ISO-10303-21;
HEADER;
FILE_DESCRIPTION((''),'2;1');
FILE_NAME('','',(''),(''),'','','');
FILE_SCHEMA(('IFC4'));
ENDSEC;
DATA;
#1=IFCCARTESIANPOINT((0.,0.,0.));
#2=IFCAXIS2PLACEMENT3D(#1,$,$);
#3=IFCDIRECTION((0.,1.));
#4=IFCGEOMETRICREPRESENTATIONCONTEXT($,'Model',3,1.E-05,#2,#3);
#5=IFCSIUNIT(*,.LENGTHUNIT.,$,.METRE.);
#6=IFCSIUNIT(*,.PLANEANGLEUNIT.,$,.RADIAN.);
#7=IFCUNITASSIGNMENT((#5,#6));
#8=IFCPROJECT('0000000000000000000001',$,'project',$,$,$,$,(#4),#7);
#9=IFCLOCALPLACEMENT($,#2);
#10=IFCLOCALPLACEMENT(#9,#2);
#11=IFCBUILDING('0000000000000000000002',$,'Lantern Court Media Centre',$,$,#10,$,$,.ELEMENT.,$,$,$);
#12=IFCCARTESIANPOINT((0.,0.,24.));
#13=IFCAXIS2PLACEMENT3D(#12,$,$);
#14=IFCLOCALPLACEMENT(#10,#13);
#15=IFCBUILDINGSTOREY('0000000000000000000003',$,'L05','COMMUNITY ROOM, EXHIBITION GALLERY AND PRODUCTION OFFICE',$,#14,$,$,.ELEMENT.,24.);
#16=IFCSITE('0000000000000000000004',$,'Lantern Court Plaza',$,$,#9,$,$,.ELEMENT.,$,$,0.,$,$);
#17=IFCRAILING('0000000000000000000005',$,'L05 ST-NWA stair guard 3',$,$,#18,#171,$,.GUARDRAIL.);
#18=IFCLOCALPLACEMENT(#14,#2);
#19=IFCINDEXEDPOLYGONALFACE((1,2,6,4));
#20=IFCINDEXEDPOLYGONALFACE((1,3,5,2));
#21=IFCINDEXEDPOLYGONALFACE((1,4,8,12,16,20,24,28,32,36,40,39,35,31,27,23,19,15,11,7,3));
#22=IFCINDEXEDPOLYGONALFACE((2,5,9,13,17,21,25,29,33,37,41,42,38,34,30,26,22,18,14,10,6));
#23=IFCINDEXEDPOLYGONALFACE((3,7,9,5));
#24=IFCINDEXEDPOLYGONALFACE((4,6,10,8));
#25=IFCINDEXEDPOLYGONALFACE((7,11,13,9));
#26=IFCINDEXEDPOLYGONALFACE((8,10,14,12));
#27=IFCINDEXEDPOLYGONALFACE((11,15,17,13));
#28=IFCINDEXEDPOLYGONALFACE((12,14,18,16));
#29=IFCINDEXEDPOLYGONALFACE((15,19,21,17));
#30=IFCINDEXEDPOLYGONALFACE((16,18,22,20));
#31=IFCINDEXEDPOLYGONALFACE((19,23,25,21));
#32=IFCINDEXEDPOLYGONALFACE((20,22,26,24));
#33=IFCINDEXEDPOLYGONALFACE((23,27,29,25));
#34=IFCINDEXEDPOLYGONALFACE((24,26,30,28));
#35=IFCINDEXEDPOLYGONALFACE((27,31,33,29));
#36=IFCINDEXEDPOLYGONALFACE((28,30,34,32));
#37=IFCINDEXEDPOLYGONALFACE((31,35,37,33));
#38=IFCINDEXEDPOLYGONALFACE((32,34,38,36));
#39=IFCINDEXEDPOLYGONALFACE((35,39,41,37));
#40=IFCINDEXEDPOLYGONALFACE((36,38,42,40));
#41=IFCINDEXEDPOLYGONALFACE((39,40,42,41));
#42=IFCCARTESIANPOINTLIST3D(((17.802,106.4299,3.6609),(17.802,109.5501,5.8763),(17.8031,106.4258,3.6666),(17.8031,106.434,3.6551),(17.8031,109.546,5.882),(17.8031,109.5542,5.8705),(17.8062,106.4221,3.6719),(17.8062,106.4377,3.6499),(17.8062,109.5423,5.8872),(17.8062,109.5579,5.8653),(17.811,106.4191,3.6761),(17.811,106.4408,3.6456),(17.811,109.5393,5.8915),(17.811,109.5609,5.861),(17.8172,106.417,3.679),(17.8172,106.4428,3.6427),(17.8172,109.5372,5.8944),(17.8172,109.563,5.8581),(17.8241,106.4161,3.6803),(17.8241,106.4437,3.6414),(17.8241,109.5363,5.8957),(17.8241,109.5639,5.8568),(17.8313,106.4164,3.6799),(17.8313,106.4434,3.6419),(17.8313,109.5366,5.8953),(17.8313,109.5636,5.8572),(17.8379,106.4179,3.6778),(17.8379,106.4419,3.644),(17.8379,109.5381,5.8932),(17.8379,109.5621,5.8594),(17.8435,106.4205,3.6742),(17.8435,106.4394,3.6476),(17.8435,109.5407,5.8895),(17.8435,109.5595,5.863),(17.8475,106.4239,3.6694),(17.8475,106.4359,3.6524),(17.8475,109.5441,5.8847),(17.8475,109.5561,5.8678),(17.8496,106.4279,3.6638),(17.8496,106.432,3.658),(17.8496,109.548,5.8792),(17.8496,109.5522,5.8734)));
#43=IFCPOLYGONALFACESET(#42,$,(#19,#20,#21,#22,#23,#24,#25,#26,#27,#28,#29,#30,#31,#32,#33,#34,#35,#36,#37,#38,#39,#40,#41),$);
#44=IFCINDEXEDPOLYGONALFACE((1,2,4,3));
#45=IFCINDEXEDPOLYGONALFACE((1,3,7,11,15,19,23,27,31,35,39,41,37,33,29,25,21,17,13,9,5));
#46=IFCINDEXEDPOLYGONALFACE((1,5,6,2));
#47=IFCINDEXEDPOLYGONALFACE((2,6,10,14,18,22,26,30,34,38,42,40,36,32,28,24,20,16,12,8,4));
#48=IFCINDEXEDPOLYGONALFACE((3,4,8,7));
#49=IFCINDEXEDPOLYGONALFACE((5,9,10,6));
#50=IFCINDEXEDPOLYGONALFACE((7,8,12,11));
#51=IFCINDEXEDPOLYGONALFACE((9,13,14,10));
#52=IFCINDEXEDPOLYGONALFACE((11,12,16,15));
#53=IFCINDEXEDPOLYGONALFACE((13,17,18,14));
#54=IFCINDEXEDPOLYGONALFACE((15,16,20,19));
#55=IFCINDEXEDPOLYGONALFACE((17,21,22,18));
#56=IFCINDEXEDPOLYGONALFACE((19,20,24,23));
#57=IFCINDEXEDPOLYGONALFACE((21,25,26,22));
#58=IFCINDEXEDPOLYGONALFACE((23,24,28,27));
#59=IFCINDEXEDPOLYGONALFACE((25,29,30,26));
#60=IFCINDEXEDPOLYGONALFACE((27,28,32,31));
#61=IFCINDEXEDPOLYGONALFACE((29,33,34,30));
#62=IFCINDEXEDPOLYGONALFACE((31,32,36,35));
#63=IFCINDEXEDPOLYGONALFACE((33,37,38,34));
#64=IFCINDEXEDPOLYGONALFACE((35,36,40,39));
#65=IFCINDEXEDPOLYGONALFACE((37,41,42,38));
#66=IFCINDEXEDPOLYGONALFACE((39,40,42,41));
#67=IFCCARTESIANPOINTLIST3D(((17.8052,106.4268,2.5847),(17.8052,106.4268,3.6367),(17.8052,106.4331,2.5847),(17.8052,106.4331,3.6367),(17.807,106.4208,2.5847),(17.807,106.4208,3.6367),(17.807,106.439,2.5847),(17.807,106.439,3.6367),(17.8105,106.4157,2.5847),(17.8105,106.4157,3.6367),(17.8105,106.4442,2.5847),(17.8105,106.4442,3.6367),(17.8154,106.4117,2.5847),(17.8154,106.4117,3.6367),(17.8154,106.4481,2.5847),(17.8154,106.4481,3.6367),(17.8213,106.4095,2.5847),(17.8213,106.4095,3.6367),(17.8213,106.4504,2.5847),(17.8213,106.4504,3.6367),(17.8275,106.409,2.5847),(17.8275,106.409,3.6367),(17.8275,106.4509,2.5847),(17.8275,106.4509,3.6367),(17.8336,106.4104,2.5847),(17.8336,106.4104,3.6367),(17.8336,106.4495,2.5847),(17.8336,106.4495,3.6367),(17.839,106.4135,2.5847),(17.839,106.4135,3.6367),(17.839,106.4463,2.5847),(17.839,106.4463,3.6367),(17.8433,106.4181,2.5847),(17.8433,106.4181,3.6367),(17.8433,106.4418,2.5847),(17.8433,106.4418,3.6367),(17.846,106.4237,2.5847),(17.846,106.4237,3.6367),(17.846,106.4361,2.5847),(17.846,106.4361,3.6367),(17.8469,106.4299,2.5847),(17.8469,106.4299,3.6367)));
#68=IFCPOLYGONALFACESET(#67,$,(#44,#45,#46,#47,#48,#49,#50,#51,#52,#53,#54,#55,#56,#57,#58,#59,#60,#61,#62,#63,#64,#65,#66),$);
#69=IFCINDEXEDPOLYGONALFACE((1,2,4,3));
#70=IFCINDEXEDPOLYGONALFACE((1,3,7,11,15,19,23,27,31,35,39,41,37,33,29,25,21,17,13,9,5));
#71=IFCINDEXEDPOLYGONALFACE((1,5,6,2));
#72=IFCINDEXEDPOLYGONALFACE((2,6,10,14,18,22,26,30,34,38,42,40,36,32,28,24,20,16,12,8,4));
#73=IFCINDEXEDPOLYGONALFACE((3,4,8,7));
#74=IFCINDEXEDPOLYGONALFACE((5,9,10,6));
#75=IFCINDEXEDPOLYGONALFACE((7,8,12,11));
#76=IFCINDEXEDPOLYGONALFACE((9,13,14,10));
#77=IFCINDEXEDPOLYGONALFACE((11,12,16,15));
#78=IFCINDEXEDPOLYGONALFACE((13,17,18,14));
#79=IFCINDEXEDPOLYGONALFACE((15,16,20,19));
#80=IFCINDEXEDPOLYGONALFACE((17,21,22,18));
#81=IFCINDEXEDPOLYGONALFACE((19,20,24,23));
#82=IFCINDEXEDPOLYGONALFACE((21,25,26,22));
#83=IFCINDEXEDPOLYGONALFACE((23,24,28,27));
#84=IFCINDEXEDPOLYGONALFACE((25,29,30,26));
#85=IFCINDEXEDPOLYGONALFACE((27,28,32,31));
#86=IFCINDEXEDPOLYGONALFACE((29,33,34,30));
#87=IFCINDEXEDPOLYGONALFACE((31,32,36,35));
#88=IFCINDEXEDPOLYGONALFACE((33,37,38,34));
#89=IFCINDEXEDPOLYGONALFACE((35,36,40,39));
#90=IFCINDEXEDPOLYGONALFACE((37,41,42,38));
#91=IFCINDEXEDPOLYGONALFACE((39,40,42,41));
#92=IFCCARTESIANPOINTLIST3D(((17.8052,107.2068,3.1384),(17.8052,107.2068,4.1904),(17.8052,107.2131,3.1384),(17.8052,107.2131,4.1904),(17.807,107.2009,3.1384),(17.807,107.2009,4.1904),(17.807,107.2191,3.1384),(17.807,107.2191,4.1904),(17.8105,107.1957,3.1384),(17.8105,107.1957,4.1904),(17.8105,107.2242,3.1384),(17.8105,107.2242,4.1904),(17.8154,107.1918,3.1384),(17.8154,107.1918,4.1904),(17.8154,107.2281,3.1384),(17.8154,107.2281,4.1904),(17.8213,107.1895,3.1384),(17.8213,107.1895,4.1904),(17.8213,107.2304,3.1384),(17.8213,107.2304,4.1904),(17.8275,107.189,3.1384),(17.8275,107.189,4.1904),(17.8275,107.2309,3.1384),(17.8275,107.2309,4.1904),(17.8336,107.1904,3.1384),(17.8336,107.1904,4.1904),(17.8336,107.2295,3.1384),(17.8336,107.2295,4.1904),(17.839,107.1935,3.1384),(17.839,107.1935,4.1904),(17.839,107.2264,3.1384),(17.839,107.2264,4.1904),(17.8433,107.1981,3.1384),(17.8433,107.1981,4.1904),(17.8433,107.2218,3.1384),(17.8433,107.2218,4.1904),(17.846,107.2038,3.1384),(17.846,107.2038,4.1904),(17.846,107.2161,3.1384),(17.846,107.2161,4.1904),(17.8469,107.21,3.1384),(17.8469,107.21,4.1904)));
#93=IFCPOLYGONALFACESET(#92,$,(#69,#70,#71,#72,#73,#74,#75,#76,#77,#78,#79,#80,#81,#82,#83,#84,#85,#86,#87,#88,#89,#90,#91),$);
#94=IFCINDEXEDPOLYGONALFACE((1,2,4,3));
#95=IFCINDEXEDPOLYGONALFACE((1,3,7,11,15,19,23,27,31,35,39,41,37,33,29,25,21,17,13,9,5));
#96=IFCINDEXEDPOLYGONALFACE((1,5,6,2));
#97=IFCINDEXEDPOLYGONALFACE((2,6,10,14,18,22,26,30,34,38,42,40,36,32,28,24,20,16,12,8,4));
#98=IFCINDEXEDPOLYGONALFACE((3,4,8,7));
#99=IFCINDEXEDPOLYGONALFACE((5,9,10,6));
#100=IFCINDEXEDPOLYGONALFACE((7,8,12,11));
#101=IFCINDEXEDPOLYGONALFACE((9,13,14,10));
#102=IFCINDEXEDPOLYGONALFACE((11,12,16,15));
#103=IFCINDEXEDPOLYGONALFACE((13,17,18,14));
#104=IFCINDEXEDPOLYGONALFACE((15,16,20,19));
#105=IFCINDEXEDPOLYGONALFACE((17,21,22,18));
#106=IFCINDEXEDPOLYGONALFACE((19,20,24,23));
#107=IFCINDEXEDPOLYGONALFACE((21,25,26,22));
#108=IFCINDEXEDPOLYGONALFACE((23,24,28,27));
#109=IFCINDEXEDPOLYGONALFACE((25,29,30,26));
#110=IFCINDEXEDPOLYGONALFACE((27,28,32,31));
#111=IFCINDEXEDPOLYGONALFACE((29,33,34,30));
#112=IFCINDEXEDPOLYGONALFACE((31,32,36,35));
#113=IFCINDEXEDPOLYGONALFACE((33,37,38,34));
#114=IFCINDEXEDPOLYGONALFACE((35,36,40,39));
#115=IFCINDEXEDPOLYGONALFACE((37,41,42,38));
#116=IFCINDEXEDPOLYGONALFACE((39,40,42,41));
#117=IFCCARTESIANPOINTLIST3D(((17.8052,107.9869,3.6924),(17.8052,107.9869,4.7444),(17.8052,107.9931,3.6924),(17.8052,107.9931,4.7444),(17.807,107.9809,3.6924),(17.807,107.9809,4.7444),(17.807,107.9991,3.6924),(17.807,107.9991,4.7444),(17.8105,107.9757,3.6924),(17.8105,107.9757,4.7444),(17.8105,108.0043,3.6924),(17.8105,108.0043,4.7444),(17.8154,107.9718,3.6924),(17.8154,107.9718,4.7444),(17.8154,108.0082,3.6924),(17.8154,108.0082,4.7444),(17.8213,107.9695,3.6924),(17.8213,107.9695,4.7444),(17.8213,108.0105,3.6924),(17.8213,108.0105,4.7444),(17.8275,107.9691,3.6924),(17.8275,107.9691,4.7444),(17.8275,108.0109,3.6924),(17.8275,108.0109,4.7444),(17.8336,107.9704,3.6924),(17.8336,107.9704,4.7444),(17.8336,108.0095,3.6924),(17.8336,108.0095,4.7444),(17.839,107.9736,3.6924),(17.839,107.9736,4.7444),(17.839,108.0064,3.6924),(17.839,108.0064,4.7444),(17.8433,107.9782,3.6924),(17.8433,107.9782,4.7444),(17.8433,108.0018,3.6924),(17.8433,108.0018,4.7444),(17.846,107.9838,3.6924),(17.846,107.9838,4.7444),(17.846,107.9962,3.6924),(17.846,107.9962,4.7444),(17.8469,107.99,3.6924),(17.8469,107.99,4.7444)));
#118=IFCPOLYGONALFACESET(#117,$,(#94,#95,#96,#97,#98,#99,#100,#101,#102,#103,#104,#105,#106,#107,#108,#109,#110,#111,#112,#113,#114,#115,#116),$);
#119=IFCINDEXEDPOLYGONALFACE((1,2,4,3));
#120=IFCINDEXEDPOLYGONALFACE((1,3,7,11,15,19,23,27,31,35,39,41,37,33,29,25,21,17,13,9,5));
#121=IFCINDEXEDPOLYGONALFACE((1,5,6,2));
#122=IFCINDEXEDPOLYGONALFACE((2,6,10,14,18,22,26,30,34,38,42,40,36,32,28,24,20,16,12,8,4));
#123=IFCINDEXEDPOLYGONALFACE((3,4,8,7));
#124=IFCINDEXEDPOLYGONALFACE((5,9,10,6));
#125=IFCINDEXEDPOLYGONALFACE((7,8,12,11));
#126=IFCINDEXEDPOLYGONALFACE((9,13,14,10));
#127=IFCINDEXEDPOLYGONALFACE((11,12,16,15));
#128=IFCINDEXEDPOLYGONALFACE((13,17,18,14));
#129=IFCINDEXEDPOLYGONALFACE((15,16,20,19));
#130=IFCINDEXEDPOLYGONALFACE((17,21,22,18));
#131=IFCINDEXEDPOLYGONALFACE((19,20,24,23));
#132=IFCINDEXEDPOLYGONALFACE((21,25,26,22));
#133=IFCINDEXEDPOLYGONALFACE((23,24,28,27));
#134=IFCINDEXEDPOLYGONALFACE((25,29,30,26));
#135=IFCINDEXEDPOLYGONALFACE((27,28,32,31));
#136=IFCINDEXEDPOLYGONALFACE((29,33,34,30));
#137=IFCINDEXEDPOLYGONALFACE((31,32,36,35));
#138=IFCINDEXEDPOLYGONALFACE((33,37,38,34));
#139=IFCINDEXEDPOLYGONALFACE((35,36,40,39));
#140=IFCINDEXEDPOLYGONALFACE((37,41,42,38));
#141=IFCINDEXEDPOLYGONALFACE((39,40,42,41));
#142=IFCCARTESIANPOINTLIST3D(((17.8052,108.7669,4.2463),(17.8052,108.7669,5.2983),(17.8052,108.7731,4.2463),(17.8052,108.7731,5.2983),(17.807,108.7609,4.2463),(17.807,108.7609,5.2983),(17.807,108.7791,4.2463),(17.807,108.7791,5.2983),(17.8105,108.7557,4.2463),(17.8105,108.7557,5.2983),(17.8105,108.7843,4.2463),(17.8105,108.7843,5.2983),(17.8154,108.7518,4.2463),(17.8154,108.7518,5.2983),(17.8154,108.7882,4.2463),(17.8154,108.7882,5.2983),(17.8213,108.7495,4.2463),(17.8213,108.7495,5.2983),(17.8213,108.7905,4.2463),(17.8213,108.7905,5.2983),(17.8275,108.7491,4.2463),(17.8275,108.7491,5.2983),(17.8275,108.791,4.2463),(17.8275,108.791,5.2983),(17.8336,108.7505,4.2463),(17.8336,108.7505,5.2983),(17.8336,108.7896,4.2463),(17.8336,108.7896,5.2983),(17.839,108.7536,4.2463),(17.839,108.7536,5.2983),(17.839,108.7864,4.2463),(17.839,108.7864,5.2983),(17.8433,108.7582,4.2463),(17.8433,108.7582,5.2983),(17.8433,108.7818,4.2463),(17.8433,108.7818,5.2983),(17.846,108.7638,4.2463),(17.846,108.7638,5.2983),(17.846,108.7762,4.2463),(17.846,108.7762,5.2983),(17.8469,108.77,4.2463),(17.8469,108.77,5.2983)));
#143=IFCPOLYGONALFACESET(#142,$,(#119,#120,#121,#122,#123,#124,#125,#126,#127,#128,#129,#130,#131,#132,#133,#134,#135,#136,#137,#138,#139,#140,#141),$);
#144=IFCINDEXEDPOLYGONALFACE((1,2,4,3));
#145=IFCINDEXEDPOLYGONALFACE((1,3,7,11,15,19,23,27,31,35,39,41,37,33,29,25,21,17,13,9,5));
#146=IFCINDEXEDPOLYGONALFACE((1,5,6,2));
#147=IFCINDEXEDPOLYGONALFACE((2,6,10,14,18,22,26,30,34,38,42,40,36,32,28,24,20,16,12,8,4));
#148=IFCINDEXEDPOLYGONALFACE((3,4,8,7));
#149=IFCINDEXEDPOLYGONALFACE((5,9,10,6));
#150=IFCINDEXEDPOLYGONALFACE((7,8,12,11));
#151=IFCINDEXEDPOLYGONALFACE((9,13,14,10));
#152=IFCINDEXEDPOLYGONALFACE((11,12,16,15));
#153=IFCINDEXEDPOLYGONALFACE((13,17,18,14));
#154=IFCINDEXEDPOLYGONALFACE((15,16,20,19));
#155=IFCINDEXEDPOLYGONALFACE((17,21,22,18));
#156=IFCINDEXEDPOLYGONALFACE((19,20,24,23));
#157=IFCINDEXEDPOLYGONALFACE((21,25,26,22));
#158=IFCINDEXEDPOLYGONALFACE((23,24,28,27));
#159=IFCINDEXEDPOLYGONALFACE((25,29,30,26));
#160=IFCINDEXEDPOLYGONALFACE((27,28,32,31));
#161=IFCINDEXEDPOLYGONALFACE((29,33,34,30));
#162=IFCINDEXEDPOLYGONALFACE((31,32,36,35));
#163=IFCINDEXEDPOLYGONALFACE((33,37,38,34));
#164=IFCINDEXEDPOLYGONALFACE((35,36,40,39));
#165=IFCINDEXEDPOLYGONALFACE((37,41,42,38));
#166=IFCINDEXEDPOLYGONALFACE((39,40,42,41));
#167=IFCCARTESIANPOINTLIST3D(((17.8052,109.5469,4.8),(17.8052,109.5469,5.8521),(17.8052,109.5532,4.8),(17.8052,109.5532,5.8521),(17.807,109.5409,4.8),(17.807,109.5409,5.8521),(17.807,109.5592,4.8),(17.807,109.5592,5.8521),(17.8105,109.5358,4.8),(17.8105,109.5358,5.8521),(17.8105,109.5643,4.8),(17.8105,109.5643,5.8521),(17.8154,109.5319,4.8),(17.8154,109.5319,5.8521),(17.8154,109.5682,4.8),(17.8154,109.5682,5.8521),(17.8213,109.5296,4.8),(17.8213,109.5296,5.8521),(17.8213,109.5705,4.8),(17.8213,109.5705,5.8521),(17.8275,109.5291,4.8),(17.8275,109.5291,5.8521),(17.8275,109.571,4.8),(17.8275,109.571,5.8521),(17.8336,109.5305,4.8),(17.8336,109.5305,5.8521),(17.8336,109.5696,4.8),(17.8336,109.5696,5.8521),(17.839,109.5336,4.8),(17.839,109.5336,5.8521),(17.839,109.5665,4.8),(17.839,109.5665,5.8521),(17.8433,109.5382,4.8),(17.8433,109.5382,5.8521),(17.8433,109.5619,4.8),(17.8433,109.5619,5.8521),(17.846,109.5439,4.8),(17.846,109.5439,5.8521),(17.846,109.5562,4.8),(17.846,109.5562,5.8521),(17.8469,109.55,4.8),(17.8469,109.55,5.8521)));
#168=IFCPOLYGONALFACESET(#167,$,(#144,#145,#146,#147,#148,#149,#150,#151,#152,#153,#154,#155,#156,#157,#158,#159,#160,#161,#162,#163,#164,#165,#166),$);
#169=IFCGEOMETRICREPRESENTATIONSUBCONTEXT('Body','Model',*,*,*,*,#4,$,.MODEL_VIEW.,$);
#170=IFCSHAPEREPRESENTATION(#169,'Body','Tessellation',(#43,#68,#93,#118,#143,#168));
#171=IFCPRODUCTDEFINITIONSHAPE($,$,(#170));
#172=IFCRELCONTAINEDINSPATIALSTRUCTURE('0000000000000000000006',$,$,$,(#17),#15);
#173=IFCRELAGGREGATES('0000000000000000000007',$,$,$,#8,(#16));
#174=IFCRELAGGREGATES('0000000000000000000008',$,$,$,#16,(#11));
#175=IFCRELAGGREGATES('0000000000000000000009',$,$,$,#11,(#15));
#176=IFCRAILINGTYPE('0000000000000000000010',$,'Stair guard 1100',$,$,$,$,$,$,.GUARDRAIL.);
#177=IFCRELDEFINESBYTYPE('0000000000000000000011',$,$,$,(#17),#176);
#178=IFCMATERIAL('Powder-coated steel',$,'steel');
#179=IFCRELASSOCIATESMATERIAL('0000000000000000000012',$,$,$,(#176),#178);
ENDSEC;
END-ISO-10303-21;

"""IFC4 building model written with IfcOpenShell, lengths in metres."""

from ifc_helpers import new_model, si_unit, direction, frame, origin, origin_2d, place, context, subcontext, project, spatial, circle, extrude, material, type_object, element, save


model = new_model("IFC4")

# Units and contexts
model_context = context("Model", 3, precision=1e-05, world=origin(), true_north=direction((0.0, 1.0)))
body_context = subcontext(model_context, "Body", "Model", "MODEL_VIEW")
ifc_project = project(units=[si_unit("LENGTHUNIT", "METRE"), si_unit("PLANEANGLEUNIT", "RADIAN")], contexts=[model_context])

# Site, building, storey
site_placement = place(None, origin())
site = spatial("IfcSite", under=ifc_project, at=site_placement, Name="Lantern Court Plaza", CompositionType="ELEMENT", RefElevation=0.0)
building_placement = place(site_placement, origin())
building = spatial("IfcBuilding", under=site, at=building_placement, Name="Lantern Court Media Centre", CompositionType="ELEMENT")
storey_placement = place(building_placement, frame((0.0, 0.0, 24.0)))
storey = spatial("IfcBuildingStorey", under=building, at=storey_placement, Name="L05", Description="COMMUNITY ROOM, EXHIBITION GALLERY AND PRODUCTION OFFICE", CompositionType="ELEMENT", Elevation=24.0)

# Shared definitions
ifc_material_1 = material(Name="Powder-coated steel", Category="steel")

# Railing
railing_type_1 = type_object("IfcRailingType", Name="Stair guard 1100", PredefinedType="GUARDRAIL", material=ifc_material_1)
railing_1_placement = place(storey_placement, frame((17.8259, 106.4299, 2.5847)))
element("IfcRailing", 1, at=railing_1_placement, inside=storey, type_object=railing_type_1, Name="L05 ST-NWA stair guard 3", PredefinedType="GUARDRAIL", context=body_context, shape_type="SweptSolid", body=[
    extrude(circle(Radius=0.0239, at=origin_2d()), frame((0.0, 0.0, 1.0762), z_axis=(0.0, 0.815377, 0.57893), x_axis=(-1.0, 0.0, 0.0)), (0.0, 0.0, 1.0), 3.8267),
    extrude(circle(Radius=0.021, at=origin_2d()), origin(), (0.0, 0.0, 1.0), 1.052),
    extrude(circle(Radius=0.021, at=origin_2d()), frame((0.0, 0.78, 0.5537)), (0.0, 0.0, 1.0), 1.052),
    extrude(circle(Radius=0.021, at=origin_2d()), frame((0.0, 1.5601, 1.1077)), (0.0, 0.0, 1.0), 1.052),
    extrude(circle(Radius=0.021, at=origin_2d()), frame((0.0, 2.3401, 1.6616)), (0.0, 0.0, 1.0), 1.052),
    extrude(circle(Radius=0.021, at=origin_2d()), frame((0.0, 3.1201, 2.2153)), (0.0, 0.0, 1.0), 1.052),
])

save(model, "model.ifc")
